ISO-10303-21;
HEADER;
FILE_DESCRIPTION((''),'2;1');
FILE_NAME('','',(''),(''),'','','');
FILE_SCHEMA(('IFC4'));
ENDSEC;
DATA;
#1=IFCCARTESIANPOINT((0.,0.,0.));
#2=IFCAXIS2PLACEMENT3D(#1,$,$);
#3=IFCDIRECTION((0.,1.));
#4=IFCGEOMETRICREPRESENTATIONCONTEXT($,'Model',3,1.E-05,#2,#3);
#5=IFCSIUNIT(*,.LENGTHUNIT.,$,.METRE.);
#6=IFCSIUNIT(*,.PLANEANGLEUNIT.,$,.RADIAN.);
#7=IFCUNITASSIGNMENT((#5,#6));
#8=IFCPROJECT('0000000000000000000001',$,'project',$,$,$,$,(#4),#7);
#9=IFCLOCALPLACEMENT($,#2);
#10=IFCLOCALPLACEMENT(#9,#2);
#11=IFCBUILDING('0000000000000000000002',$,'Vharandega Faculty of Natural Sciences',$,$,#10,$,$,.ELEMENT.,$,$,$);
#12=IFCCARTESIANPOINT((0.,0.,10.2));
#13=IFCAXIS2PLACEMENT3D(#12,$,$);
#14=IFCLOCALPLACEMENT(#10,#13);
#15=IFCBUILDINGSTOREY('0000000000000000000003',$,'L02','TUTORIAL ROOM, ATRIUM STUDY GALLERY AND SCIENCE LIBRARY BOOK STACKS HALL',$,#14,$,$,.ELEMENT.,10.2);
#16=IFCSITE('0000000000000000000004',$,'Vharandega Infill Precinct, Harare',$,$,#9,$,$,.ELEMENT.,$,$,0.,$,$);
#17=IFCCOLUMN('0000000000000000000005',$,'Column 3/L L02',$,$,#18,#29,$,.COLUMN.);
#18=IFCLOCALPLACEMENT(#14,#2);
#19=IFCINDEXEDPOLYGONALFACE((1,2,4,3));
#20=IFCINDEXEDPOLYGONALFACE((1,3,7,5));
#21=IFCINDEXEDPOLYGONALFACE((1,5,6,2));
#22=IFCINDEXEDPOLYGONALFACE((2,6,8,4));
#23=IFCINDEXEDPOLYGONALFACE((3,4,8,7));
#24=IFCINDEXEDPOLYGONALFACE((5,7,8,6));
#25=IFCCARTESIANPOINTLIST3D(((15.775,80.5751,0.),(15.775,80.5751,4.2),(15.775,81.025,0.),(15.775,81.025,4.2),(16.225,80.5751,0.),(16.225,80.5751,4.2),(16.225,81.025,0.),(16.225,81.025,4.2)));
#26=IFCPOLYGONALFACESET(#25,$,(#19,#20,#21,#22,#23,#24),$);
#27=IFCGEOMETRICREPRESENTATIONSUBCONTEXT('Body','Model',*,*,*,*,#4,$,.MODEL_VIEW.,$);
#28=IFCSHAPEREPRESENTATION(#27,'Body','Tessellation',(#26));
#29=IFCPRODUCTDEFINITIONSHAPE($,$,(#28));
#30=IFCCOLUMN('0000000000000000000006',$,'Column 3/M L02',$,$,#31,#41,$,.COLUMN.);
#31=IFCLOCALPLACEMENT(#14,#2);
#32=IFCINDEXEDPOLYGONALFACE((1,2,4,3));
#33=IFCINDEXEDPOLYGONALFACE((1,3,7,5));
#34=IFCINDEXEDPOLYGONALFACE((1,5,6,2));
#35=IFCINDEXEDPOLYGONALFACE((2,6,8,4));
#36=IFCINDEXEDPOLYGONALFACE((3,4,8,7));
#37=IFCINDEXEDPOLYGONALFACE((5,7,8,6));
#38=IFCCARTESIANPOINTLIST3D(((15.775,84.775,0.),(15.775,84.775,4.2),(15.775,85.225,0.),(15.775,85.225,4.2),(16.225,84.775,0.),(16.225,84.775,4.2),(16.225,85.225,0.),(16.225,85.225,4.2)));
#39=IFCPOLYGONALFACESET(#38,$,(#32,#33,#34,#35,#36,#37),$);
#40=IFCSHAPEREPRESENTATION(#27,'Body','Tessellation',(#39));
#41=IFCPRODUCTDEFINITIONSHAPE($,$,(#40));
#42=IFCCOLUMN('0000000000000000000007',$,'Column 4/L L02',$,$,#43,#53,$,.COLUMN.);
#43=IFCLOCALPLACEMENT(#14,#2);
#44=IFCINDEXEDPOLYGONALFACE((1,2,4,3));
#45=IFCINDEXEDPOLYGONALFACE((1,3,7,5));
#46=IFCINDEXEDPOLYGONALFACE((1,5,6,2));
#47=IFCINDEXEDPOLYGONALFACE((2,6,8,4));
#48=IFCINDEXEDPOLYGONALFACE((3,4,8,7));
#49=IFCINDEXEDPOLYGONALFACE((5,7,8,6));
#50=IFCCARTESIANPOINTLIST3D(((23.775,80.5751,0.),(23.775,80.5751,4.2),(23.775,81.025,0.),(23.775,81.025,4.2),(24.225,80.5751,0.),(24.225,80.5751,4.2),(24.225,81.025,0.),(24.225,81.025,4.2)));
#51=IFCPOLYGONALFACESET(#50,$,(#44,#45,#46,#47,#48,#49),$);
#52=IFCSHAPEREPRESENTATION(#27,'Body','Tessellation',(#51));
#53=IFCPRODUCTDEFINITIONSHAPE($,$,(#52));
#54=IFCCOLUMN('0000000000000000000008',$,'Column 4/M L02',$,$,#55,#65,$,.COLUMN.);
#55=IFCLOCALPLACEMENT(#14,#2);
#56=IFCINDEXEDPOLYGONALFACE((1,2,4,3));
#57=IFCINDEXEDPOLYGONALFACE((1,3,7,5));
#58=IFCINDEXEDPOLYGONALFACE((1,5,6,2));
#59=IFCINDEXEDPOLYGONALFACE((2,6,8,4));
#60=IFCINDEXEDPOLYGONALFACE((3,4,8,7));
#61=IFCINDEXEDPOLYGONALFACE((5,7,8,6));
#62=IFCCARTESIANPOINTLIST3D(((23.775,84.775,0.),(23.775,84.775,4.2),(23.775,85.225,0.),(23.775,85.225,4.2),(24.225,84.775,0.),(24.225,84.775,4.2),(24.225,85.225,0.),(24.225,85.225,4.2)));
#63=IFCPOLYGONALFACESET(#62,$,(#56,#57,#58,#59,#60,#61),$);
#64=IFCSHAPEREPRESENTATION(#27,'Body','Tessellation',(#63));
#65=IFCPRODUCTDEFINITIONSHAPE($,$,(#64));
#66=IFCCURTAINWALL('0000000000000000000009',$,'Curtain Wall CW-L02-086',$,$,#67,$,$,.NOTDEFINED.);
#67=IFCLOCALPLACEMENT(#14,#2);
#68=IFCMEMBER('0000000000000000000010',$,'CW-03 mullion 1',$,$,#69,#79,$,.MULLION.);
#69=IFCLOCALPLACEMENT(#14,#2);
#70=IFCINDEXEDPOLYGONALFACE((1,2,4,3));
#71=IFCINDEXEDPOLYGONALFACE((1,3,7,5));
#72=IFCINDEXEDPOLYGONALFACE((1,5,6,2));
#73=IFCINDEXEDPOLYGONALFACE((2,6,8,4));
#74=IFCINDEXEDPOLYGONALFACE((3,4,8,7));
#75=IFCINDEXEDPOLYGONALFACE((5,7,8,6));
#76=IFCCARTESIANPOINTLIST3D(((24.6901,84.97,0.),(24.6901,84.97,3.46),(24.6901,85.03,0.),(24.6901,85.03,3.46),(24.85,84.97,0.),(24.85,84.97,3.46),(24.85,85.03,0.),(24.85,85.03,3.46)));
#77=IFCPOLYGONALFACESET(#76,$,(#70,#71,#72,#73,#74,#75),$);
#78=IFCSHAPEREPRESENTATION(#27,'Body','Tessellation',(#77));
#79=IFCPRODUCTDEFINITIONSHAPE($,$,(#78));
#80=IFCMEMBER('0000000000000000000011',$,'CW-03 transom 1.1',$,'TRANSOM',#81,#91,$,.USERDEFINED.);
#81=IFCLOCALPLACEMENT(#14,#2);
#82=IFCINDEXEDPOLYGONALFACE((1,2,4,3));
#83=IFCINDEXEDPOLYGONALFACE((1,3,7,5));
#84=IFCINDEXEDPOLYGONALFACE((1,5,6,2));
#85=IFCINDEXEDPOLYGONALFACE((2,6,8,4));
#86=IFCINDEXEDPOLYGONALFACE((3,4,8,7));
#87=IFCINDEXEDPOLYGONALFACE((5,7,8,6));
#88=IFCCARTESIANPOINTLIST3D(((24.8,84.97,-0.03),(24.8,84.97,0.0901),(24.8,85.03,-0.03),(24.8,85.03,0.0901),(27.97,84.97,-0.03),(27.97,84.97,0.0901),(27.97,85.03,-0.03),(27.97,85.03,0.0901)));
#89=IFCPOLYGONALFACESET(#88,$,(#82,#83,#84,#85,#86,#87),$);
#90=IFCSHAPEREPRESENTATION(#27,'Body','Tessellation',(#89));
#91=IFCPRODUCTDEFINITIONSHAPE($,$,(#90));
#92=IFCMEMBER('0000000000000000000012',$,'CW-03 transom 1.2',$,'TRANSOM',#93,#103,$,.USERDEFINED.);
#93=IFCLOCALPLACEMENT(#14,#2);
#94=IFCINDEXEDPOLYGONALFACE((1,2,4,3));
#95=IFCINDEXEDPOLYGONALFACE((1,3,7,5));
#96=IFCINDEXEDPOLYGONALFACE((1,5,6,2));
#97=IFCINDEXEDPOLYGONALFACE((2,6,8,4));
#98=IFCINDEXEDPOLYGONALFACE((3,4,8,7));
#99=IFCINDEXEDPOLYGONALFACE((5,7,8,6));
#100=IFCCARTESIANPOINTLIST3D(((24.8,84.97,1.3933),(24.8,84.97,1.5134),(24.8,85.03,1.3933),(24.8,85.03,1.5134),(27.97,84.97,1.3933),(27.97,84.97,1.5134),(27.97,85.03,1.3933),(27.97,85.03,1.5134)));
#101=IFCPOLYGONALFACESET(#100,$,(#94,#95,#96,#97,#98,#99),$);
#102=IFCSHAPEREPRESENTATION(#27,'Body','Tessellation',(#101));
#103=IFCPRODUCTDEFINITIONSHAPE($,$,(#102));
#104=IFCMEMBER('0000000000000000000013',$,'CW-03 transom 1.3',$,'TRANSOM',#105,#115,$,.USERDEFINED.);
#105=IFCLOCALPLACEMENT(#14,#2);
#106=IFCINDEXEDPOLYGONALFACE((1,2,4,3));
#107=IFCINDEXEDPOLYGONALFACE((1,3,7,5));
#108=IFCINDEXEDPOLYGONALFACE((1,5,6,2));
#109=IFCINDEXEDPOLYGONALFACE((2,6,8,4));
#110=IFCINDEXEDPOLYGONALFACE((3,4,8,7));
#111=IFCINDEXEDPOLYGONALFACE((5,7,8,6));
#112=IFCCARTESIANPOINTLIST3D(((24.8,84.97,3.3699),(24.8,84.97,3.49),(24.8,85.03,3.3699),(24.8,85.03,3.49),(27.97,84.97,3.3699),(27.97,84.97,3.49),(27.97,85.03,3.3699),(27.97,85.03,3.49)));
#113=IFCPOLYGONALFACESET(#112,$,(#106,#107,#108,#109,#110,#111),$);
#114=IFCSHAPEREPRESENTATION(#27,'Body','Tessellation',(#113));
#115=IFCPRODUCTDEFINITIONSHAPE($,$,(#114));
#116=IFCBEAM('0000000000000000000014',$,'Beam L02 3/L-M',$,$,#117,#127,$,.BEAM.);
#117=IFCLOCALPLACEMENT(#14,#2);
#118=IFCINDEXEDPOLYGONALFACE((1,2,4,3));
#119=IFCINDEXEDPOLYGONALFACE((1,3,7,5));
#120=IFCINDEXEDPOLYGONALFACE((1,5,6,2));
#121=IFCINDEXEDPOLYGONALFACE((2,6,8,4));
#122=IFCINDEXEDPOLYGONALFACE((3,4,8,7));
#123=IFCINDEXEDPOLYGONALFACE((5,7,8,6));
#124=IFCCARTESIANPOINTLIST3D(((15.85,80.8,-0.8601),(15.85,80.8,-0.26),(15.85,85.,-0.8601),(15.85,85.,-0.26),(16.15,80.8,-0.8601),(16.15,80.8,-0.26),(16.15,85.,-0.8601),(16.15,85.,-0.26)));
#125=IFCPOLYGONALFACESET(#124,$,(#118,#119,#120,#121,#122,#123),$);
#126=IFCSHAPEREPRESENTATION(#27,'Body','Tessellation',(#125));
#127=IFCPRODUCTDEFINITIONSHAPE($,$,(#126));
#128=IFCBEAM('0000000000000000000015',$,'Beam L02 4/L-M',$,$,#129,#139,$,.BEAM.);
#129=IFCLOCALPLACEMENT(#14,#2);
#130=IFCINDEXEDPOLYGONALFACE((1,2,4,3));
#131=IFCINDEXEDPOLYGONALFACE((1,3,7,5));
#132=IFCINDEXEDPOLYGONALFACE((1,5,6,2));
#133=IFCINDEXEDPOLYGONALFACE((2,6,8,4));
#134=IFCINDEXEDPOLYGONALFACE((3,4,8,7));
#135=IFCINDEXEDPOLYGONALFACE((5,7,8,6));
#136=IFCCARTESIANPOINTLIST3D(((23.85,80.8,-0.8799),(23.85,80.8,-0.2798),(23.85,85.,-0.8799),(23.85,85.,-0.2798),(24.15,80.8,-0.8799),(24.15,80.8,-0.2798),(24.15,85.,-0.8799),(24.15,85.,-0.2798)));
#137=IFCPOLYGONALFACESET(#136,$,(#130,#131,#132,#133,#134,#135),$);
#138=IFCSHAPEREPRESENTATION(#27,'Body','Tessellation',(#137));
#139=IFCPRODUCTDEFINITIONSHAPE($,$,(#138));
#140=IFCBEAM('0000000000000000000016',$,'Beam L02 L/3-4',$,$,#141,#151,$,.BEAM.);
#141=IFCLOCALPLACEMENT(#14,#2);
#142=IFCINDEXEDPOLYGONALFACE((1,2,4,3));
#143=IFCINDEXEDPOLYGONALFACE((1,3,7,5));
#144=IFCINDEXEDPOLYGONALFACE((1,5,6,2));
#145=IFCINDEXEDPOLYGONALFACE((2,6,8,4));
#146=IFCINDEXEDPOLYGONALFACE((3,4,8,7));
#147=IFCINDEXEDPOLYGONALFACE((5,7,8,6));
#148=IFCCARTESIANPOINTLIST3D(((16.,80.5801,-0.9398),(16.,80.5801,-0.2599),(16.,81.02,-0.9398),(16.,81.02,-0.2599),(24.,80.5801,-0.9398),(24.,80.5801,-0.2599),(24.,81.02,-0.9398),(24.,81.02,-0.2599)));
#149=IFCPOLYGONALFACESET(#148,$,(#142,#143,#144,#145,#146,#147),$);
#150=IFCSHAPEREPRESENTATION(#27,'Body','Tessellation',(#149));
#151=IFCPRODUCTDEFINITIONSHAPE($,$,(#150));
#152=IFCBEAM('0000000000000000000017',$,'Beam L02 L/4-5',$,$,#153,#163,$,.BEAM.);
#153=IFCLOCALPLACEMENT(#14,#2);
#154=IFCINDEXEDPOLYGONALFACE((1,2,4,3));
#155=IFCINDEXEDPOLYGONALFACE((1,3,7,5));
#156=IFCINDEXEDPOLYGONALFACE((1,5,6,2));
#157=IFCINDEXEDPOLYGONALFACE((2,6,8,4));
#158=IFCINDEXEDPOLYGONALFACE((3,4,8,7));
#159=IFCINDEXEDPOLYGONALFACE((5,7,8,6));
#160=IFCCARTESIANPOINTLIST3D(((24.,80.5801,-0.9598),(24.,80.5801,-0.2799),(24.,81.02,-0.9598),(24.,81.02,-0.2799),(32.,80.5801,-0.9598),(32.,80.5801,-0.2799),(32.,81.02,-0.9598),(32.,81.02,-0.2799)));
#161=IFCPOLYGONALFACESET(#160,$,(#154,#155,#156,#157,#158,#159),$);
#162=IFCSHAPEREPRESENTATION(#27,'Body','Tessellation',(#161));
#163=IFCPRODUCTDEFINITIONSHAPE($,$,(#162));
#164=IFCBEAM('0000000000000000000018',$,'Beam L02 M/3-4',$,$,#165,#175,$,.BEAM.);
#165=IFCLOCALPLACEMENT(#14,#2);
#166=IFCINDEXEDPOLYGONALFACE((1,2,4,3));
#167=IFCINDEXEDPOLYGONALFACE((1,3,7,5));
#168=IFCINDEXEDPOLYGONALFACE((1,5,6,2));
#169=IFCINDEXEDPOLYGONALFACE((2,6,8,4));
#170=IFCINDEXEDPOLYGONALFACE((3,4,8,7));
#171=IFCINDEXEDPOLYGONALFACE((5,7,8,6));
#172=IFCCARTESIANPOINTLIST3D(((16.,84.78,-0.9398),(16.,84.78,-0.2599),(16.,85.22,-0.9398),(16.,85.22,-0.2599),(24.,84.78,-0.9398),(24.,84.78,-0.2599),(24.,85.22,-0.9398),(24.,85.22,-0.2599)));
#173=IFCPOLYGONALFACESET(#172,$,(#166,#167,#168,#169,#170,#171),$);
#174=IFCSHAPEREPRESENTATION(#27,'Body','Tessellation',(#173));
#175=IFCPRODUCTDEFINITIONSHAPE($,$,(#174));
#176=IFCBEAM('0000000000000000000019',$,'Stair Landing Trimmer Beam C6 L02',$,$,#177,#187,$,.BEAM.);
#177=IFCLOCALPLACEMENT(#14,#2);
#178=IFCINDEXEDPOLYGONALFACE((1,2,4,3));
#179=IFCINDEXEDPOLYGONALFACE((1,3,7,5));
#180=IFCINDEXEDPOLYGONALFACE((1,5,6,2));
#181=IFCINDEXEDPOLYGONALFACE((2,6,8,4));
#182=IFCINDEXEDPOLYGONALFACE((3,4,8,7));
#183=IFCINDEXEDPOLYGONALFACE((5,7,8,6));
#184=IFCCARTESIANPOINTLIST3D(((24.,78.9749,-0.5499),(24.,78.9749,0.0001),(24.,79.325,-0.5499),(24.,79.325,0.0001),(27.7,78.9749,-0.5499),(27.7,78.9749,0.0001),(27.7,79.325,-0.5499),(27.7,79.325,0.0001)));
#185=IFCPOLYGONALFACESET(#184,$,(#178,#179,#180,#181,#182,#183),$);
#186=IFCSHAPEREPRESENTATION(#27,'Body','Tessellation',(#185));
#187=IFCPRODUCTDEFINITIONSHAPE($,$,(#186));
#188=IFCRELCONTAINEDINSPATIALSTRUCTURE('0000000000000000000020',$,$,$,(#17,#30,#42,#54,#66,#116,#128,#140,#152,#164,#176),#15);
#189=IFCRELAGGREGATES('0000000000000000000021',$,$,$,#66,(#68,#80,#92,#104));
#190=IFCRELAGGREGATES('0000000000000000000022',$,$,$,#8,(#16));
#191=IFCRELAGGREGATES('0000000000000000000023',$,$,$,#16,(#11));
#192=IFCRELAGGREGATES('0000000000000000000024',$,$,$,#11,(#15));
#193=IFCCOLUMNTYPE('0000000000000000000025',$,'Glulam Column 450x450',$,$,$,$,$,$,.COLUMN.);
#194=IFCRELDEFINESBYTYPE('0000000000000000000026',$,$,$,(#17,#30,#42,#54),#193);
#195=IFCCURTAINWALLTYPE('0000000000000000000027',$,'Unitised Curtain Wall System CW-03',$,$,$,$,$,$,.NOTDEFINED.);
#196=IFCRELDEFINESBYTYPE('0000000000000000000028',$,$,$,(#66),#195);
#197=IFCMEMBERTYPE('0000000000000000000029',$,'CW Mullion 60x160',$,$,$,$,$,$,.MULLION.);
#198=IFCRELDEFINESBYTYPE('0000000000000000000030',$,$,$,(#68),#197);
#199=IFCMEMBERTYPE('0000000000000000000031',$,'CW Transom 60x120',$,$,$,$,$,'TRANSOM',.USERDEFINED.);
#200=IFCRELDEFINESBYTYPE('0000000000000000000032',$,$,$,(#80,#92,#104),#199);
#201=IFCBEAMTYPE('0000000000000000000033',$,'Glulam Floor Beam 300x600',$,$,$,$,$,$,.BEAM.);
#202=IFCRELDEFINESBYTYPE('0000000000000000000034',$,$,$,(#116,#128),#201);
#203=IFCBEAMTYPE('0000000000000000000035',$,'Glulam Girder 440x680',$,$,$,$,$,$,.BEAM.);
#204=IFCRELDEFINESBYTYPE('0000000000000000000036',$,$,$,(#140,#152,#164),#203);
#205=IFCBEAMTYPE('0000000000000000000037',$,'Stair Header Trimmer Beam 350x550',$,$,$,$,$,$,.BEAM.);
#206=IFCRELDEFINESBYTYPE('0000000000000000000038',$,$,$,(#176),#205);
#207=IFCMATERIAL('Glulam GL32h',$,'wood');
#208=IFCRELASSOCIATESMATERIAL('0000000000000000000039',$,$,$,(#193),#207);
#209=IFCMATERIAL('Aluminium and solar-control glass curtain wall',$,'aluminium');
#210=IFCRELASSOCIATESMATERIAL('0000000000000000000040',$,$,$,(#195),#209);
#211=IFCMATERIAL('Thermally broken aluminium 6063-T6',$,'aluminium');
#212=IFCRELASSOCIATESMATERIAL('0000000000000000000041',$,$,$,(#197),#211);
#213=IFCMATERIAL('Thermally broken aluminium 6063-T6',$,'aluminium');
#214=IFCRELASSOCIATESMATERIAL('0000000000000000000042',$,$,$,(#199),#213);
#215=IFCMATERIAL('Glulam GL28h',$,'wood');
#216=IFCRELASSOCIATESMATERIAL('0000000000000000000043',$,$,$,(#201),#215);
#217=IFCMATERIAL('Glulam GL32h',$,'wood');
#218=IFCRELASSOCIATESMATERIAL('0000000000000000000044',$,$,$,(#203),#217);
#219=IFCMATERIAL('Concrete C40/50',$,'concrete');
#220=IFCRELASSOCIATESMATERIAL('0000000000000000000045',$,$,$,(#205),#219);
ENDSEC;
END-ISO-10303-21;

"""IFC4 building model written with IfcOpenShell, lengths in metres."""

from ifc_helpers import new_model, si_unit, direction, frame, origin, origin_2d, place, context, subcontext, project, spatial, rectangle, extrude, material, material_profile, profile_set, type_object, element, aggregate, save


model = new_model("IFC4")

# Units and contexts
model_context = context("Model", 3, precision=1e-05, world=origin(), true_north=direction((0.0, 1.0)))
body_context = subcontext(model_context, "Body", "Model", "MODEL_VIEW")
ifc_project = project(units=[si_unit("LENGTHUNIT", "METRE"), si_unit("PLANEANGLEUNIT", "RADIAN")], contexts=[model_context])

# Site, building, storey
site_placement = place(None, origin())
site = spatial("IfcSite", under=ifc_project, at=site_placement, Name="Vharandega Infill Precinct, Harare", CompositionType="ELEMENT", RefElevation=0.0)
building_placement = place(site_placement, origin())
building = spatial("IfcBuilding", under=site, at=building_placement, Name="Vharandega Faculty of Natural Sciences", CompositionType="ELEMENT")
storey_placement = place(building_placement, frame((0.0, 0.0, 10.2)))
storey = spatial("IfcBuildingStorey", under=building, at=storey_placement, Name="L02", Description="TUTORIAL ROOM, ATRIUM STUDY GALLERY AND SCIENCE LIBRARY BOOK STACKS HALL", CompositionType="ELEMENT", Elevation=10.2)

# Columns
ifc_material_1 = material(Name="Glulam GL32h", Category="wood")
ifc_material_profile_1 = material_profile(ifc_material_1, rectangle(XDim=0.45, YDim=0.45, at=origin_2d()), Name="GL32h 450x450")
ifc_profile_set_1 = profile_set([ifc_material_profile_1], Name="Glulam GL32h")
column_type = type_object("IfcColumnType", Name="Glulam Column 450x450", PredefinedType="COLUMN", material=ifc_profile_set_1)
for number, where, z_axis, x_axis, name in (
    (1, (16.0, 80.8, 0.0), (0.0, 0.0, 1.0), (1.0, 0.0, 0.0), "Column 3/L L02"),
    (2, (16.0, 85.0, 0.0), (0.0, 0.0, 1.0), (1.0, 0.0, 0.0), "Column 3/M L02"),
    (3, (24.0, 80.8, 0.0), (0.0, 0.0, 1.0), (1.0, 0.0, 0.0), "Column 4/L L02"),
    (4, (24.0, 85.0, 0.0), (0.0, 0.0, 1.0), (1.0, 0.0, 0.0), "Column 4/M L02"),
):
    element("IfcColumn", number, at=place(storey_placement, frame(where, z_axis=z_axis, x_axis=x_axis)), inside=storey, type_object=column_type, Name=name, PredefinedType="COLUMN", context=body_context, shape_type="SweptSolid", body=[
        extrude(rectangle(XDim=0.45, YDim=0.45, at=origin_2d()), origin(), (0.0, 0.0, 1.0), 4.2),
    ])

# Curtain wall, members
ifc_material_2 = material(Name="Aluminium and solar-control glass curtain wall", Category="aluminium")
curtain_wall_type = type_object("IfcCurtainWallType", Name="Unitised Curtain Wall System CW-03", PredefinedType="NOTDEFINED", material=ifc_material_2)
curtain_wall_placement = place(storey_placement, origin())
curtain_wall = element("IfcCurtainWall", 5, at=curtain_wall_placement, inside=storey, type_object=curtain_wall_type, Name="Curtain Wall CW-L02-086", PredefinedType="NOTDEFINED")
ifc_material_3 = material(Name="Thermally broken aluminium 6063-T6", Category="aluminium")
ifc_material_profile_2 = material_profile(ifc_material_3, rectangle(XDim=0.0601, YDim=0.1599, at=origin_2d()), Name="ALU 60x160")
ifc_profile_set_2 = profile_set([ifc_material_profile_2], Name="Thermally broken aluminium 6063-T6")
member_type_1 = type_object("IfcMemberType", Name="CW Mullion 60x160", PredefinedType="MULLION", material=ifc_profile_set_2)
member_1_placement = place(storey_placement, frame((24.77, 85.0, 0.0), z_axis=(0.0, 0.0, 1.0), x_axis=(0.0, 1.0, 0.0)))
member_1 = element("IfcMember", 6, at=member_1_placement, type_object=member_type_1, Name="CW-03 mullion 1", PredefinedType="MULLION", context=body_context, shape_type="SweptSolid", body=[
    extrude(rectangle(XDim=0.0601, YDim=0.1599, at=origin_2d()), origin(), (0.0, 0.0, 1.0), 3.46),
])
ifc_material_4 = material(Name="Thermally broken aluminium 6063-T6", Category="aluminium")
ifc_material_profile_3 = material_profile(ifc_material_4, rectangle(XDim=0.0601, YDim=0.1201, at=origin_2d()), Name="ALU 60x120")
ifc_profile_set_3 = profile_set([ifc_material_profile_3], Name="Thermally broken aluminium 6063-T6")
member_type_2 = type_object("IfcMemberType", Name="CW Transom 60x120", ElementType="TRANSOM", PredefinedType="USERDEFINED", material=ifc_profile_set_3)
member_2_placement = place(storey_placement, frame((24.8, 85.0, 0.03), z_axis=(1.0, 0.0, 0.0), x_axis=(0.0, 1.0, 0.0)))
member_2 = element("IfcMember", 7, at=member_2_placement, type_object=member_type_2, Name="CW-03 transom 1.1", ObjectType="TRANSOM", PredefinedType="USERDEFINED", context=body_context, shape_type="SweptSolid", body=[
    extrude(rectangle(XDim=0.0601, YDim=0.1201, at=origin_2d()), origin(), (0.0, 0.0, 1.0), 3.1699),
])
member_3_placement = place(storey_placement, frame((24.8, 85.0, 1.4534), z_axis=(1.0, 0.0, 0.0), x_axis=(0.0, 1.0, 0.0)))
member_3 = element("IfcMember", 8, at=member_3_placement, type_object=member_type_2, Name="CW-03 transom 1.2", ObjectType="TRANSOM", PredefinedType="USERDEFINED", context=body_context, shape_type="SweptSolid", body=[
    extrude(rectangle(XDim=0.0601, YDim=0.1201, at=origin_2d()), origin(), (0.0, 0.0, 1.0), 3.1699),
])
member_4_placement = place(storey_placement, frame((24.8, 85.0, 3.4299), z_axis=(1.0, 0.0, 0.0), x_axis=(0.0, 1.0, 0.0)))
member_4 = element("IfcMember", 9, at=member_4_placement, type_object=member_type_2, Name="CW-03 transom 1.3", ObjectType="TRANSOM", PredefinedType="USERDEFINED", context=body_context, shape_type="SweptSolid", body=[
    extrude(rectangle(XDim=0.0601, YDim=0.1201, at=origin_2d()), origin(), (0.0, 0.0, 1.0), 3.1699),
])
aggregate(curtain_wall, [member_1, member_2, member_3, member_4])

# Beams
ifc_material_5 = material(Name="Glulam GL28h", Category="wood")
ifc_material_profile_4 = material_profile(ifc_material_5, rectangle(XDim=0.3, YDim=0.6001, at=origin_2d()), Name="GL28h 300x600")
ifc_profile_set_4 = profile_set([ifc_material_profile_4], Name="Glulam GL28h")
beam_type_1 = type_object("IfcBeamType", Name="Glulam Floor Beam 300x600", PredefinedType="BEAM", material=ifc_profile_set_4)
for number, where, z_axis, x_axis, name in (
    (10, (16.0, 80.8, -0.5601), (0.0, 1.0, 0.0), (-1.0, 0.0, 0.0), "Beam L02 3/L-M"),
    (11, (24.0, 80.8, -0.5798), (0.0, 1.0, 0.0), (-1.0, 0.0, 0.0), "Beam L02 4/L-M"),
):
    element("IfcBeam", number, at=place(storey_placement, frame(where, z_axis=z_axis, x_axis=x_axis)), inside=storey, type_object=beam_type_1, Name=name, PredefinedType="BEAM", context=body_context, shape_type="SweptSolid", body=[
        extrude(rectangle(XDim=0.3, YDim=0.6001, at=origin_2d()), origin(), (0.0, 0.0, 1.0), 4.2),
    ])
ifc_material_6 = material(Name="Glulam GL32h", Category="wood")
ifc_material_profile_5 = material_profile(ifc_material_6, rectangle(XDim=0.4399, YDim=0.6799, at=origin_2d()), Name="GL32h 440x680")
ifc_profile_set_5 = profile_set([ifc_material_profile_5], Name="Glulam GL32h")
beam_type_2 = type_object("IfcBeamType", Name="Glulam Girder 440x680", PredefinedType="BEAM", material=ifc_profile_set_5)
for number, where, z_axis, x_axis, name in (
    (12, (16.0, 80.8, -0.5999), (1.0, 0.0, 0.0), (0.0, 1.0, 0.0), "Beam L02 L/3-4"),
    (13, (24.0, 80.8, -0.6199), (1.0, 0.0, 0.0), (0.0, 1.0, 0.0), "Beam L02 L/4-5"),
    (14, (16.0, 85.0, -0.5999), (1.0, 0.0, 0.0), (0.0, 1.0, 0.0), "Beam L02 M/3-4"),
):
    element("IfcBeam", number, at=place(storey_placement, frame(where, z_axis=z_axis, x_axis=x_axis)), inside=storey, type_object=beam_type_2, Name=name, PredefinedType="BEAM", context=body_context, shape_type="SweptSolid", body=[
        extrude(rectangle(XDim=0.4399, YDim=0.6799, at=origin_2d()), origin(), (0.0, 0.0, 1.0), 8.0),
    ])
ifc_material_7 = material(Name="Concrete C40/50", Category="concrete")
ifc_material_profile_6 = material_profile(ifc_material_7, rectangle(XDim=0.3501, YDim=0.55, at=origin_2d()), Name="RC 350x550")
ifc_profile_set_6 = profile_set([ifc_material_profile_6], Name="Concrete C40/50")
beam_type_3 = type_object("IfcBeamType", Name="Stair Header Trimmer Beam 350x550", PredefinedType="BEAM", material=ifc_profile_set_6)
beam_1_placement = place(storey_placement, frame((24.0, 79.1499, -0.2749), z_axis=(1.0, 0.0, 0.0), x_axis=(0.0, 1.0, 0.0)))
element("IfcBeam", 15, at=beam_1_placement, inside=storey, type_object=beam_type_3, Name="Stair Landing Trimmer Beam C6 L02", PredefinedType="BEAM", context=body_context, shape_type="SweptSolid", body=[
    extrude(rectangle(XDim=0.3501, YDim=0.55, at=origin_2d()), origin(), (0.0, 0.0, 1.0), 3.7),
])

save(model, "model.ifc")
